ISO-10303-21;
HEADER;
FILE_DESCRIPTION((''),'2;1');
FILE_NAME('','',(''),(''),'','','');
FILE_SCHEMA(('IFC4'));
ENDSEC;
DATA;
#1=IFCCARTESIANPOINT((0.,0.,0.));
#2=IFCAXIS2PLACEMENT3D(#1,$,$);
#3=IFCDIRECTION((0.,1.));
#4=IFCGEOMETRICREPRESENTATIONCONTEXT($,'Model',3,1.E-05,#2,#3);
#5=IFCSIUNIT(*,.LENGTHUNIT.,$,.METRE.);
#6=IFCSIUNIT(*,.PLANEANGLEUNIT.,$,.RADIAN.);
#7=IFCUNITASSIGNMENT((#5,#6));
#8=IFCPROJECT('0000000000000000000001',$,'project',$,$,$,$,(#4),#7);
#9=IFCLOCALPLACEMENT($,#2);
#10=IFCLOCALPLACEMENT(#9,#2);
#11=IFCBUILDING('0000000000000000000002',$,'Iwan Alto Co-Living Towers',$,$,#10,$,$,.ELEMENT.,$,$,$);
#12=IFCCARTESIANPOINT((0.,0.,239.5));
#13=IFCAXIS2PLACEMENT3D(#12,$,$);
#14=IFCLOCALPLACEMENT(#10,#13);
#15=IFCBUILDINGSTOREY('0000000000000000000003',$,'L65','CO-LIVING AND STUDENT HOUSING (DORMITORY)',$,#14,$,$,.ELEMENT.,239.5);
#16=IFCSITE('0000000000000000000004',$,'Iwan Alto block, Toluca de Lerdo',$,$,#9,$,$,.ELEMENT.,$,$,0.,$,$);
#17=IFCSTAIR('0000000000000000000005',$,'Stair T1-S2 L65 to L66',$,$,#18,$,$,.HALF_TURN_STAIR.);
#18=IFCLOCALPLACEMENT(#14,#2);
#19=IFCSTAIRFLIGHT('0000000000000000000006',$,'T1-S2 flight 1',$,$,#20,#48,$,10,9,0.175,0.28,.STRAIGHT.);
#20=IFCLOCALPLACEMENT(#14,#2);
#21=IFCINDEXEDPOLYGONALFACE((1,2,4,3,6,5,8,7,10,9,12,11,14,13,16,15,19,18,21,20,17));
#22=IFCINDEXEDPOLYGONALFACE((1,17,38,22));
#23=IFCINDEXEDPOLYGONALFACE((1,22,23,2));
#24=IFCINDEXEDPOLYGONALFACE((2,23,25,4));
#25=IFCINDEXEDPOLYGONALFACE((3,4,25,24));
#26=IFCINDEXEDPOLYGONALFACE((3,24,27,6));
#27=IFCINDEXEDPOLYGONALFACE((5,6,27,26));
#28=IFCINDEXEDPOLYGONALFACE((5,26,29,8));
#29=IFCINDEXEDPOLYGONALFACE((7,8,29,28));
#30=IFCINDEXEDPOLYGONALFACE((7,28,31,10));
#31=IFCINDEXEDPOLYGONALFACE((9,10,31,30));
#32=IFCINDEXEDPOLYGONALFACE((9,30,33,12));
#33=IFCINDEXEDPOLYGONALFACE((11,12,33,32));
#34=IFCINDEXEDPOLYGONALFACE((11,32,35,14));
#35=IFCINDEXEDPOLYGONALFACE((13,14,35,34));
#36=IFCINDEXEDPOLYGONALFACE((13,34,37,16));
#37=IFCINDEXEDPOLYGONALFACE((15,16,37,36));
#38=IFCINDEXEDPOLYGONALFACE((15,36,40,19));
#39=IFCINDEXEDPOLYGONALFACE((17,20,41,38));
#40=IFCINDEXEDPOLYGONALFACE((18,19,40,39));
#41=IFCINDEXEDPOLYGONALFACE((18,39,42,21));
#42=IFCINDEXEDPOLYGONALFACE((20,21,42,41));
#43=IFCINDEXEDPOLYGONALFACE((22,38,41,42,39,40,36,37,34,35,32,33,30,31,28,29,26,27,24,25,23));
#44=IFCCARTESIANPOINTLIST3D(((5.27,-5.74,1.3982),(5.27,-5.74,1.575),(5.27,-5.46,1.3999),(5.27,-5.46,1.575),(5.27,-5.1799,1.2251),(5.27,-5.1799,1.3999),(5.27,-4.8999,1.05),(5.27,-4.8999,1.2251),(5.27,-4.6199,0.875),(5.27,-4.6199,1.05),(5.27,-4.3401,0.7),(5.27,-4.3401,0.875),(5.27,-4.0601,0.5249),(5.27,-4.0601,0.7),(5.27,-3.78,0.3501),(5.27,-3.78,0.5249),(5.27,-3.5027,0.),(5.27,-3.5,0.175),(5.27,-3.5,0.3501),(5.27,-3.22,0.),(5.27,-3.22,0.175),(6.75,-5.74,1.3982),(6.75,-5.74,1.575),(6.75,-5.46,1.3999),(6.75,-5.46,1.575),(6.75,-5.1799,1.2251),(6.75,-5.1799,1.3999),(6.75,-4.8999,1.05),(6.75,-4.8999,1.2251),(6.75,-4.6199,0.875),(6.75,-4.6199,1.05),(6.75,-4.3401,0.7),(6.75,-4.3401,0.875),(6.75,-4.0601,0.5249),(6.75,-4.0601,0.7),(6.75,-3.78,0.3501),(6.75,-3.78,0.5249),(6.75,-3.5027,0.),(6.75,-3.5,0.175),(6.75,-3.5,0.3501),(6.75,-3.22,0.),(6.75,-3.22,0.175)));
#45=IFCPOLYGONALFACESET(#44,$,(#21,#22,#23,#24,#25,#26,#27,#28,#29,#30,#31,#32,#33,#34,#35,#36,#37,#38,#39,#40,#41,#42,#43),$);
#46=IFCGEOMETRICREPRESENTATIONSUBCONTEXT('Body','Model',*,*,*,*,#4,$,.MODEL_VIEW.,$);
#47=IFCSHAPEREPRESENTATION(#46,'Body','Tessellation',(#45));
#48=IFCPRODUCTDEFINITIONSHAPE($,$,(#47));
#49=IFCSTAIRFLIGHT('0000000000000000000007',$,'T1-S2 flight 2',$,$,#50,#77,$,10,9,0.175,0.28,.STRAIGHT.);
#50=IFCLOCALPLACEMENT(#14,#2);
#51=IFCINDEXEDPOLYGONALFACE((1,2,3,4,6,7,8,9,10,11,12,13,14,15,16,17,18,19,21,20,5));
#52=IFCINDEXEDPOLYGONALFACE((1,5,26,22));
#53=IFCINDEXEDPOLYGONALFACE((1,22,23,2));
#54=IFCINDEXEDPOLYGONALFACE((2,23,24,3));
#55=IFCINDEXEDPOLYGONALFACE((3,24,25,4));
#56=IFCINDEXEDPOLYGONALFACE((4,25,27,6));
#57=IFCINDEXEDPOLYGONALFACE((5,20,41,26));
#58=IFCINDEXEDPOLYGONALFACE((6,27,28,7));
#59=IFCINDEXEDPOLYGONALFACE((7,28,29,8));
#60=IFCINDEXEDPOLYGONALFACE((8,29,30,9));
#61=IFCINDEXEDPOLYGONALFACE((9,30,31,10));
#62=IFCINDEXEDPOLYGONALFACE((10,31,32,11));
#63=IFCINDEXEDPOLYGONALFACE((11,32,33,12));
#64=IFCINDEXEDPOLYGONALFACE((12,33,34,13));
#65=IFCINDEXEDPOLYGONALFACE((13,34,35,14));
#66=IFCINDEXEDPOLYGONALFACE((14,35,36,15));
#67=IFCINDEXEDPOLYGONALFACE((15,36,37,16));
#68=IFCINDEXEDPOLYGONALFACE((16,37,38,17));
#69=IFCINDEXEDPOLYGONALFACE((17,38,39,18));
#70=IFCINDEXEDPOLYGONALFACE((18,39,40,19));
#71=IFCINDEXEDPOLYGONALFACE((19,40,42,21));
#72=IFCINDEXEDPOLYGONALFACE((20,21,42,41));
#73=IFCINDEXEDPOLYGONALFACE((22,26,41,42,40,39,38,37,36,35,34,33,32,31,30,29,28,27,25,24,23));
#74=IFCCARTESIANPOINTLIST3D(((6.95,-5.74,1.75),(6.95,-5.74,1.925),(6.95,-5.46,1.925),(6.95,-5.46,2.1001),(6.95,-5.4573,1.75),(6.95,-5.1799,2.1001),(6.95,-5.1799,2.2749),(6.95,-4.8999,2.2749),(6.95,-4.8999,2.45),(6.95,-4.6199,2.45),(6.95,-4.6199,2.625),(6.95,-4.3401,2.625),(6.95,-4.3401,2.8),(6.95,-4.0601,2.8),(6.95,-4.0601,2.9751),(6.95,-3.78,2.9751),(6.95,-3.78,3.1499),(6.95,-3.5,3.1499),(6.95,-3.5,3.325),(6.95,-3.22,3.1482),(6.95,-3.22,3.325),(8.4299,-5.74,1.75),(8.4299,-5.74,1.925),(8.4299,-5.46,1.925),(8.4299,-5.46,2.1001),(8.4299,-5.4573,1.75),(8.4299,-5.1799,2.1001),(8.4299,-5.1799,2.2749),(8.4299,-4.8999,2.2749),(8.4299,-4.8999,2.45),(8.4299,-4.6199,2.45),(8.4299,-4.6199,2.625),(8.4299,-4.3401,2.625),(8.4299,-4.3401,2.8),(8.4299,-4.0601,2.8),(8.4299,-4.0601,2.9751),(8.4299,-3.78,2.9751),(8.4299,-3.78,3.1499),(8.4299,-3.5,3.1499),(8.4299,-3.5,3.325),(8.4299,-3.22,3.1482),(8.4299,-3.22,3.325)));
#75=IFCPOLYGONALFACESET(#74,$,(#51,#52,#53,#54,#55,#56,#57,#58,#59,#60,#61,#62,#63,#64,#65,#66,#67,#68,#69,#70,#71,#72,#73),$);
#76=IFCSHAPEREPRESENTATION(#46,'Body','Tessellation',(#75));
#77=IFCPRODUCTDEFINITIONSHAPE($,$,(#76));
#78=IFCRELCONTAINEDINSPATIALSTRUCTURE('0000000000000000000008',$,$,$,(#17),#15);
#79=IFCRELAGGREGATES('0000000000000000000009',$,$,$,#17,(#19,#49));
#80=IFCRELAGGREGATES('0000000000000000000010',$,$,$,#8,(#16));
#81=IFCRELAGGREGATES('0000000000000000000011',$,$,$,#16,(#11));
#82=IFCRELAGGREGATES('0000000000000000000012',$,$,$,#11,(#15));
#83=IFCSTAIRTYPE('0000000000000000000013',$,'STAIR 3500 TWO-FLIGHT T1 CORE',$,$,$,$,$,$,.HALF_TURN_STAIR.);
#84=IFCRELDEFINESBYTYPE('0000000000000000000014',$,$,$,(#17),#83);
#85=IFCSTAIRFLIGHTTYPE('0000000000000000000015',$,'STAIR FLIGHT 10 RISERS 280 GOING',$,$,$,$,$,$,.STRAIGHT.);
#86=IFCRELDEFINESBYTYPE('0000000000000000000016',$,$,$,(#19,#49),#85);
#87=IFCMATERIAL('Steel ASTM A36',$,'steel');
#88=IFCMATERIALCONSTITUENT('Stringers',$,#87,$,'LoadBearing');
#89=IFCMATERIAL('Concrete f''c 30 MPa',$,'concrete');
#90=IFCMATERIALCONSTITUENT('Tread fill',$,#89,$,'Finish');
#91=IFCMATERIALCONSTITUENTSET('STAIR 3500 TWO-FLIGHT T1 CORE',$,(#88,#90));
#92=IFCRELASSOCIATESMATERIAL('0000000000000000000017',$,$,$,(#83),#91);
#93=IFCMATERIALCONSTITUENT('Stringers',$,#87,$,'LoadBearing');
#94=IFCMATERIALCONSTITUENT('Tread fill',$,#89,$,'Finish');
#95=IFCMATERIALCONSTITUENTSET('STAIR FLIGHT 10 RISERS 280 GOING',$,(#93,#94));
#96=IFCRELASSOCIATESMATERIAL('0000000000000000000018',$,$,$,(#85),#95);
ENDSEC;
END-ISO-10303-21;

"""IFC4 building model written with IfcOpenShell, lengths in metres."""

from ifc_helpers import new_model, si_unit, direction, frame, origin, place, context, subcontext, project, spatial, polyline, outline, extrude, material, constituent, constituent_set, type_object, element, aggregate, save


model = new_model("IFC4")

# Units and contexts
model_context = context("Model", 3, precision=1e-05, world=origin(), true_north=direction((0.0, 1.0)))
body_context = subcontext(model_context, "Body", "Model", "MODEL_VIEW")
ifc_project = project(units=[si_unit("LENGTHUNIT", "METRE"), si_unit("PLANEANGLEUNIT", "RADIAN")], contexts=[model_context])

# Site, building, storey
site_placement = place(None, origin())
site = spatial("IfcSite", under=ifc_project, at=site_placement, Name="Iwan Alto block, Toluca de Lerdo", CompositionType="ELEMENT", RefElevation=0.0)
building_placement = place(site_placement, origin())
building = spatial("IfcBuilding", under=site, at=building_placement, Name="Iwan Alto Co-Living Towers", CompositionType="ELEMENT")
storey_placement = place(building_placement, frame((0.0, 0.0, 239.5)))
storey = spatial("IfcBuildingStorey", under=building, at=storey_placement, Name="L65", Description="CO-LIVING AND STUDENT HOUSING (DORMITORY)", CompositionType="ELEMENT", Elevation=239.5)

# Shared definitions
ifc_material_1 = material(Name="Steel ASTM A36", Category="steel")
ifc_constituent_1 = constituent(ifc_material_1, Name="Stringers", Category="LoadBearing")
ifc_material_2 = material(Name="Concrete f'c 30 MPa", Category="concrete")
ifc_constituent_2 = constituent(ifc_material_2, Name="Tread fill", Category="Finish")
ifc_constituent_set_1 = constituent_set(constituents=[ifc_constituent_1, ifc_constituent_2], Name="STAIR 3500 TWO-FLIGHT T1 CORE")
stair_type = type_object("IfcStairType", Name="STAIR 3500 TWO-FLIGHT T1 CORE", PredefinedType="HALF_TURN_STAIR", material=ifc_constituent_set_1)

# Stair, stair flights
stair_1_placement = place(storey_placement, origin())
stair_1 = element("IfcStair", 1, at=stair_1_placement, inside=storey, type_object=stair_type, Name="Stair T1-S2 L65 to L66", PredefinedType="HALF_TURN_STAIR")
ifc_constituent_3 = constituent(ifc_material_1, Name="Stringers", Category="LoadBearing")
ifc_constituent_4 = constituent(ifc_material_2, Name="Tread fill", Category="Finish")
ifc_constituent_set_2 = constituent_set(constituents=[ifc_constituent_3, ifc_constituent_4], Name="STAIR FLIGHT 10 RISERS 280 GOING")
stair_flight_type = type_object("IfcStairFlightType", Name="STAIR FLIGHT 10 RISERS 280 GOING", PredefinedType="STRAIGHT", material=ifc_constituent_set_2)
stair_flight_1_placement = place(storey_placement, frame((6.01, -3.22, 0.0), z_axis=(0.0, 0.0, 1.0), x_axis=(0.0, -1.0, 0.0)))
stair_flight_1 = element("IfcStairFlight", 2, at=stair_flight_1_placement, type_object=stair_flight_type, Name="T1-S2 flight 1", NumberOfRisers=10, NumberOfTreads=9, PredefinedType="STRAIGHT", RiserHeight=0.175, TreadLength=0.28, context=body_context, shape_type="SweptSolid", body=[
    extrude(outline(polyline([(0.0, 0.0), (0.0, 0.175), (0.28, 0.175), (0.28, 0.3501), (0.5601, 0.3501), (0.5601, 0.5249), (0.8401, 0.5249), (0.8401, 0.7), (1.1201, 0.7), (1.1201, 0.875), (1.3999, 0.875), (1.3999, 1.05), (1.6799, 1.05), (1.6799, 1.2251), (1.96, 1.2251), (1.96, 1.3999), (2.24, 1.3999), (2.24, 1.575), (2.52, 1.575), (2.52, 1.75), (2.52, 1.3982), (0.2827, 0.0), (0.0, 0.0)])), frame((0.0, 0.74, 0.0), z_axis=(0.0, -1.0, 0.0), x_axis=(1.0, 0.0, 0.0)), (0.0, 0.0, 1.0), 1.48),
])
stair_flight_2_placement = place(storey_placement, frame((7.6899, -5.74, 1.75), z_axis=(0.0, 0.0, 1.0), x_axis=(0.0, 1.0, 0.0)))
stair_flight_2 = element("IfcStairFlight", 3, at=stair_flight_2_placement, type_object=stair_flight_type, Name="T1-S2 flight 2", NumberOfRisers=10, NumberOfTreads=9, PredefinedType="STRAIGHT", RiserHeight=0.175, TreadLength=0.28, context=body_context, shape_type="SweptSolid", body=[
    extrude(outline(polyline([(0.0, 0.0), (0.0, 0.175), (0.28, 0.175), (0.28, 0.3501), (0.5601, 0.3501), (0.5601, 0.5249), (0.8401, 0.5249), (0.8401, 0.7), (1.1201, 0.7), (1.1201, 0.875), (1.3999, 0.875), (1.3999, 1.05), (1.6799, 1.05), (1.6799, 1.2251), (1.96, 1.2251), (1.96, 1.3999), (2.24, 1.3999), (2.24, 1.575), (2.52, 1.575), (2.52, 1.75), (2.52, 1.3982), (0.2827, 0.0), (0.0, 0.0)])), frame((0.0, 0.74, 0.0), z_axis=(0.0, -1.0, 0.0), x_axis=(1.0, 0.0, 0.0)), (0.0, 0.0, 1.0), 1.48),
])
aggregate(stair_1, [stair_flight_1, stair_flight_2])

save(model, "model.ifc")
